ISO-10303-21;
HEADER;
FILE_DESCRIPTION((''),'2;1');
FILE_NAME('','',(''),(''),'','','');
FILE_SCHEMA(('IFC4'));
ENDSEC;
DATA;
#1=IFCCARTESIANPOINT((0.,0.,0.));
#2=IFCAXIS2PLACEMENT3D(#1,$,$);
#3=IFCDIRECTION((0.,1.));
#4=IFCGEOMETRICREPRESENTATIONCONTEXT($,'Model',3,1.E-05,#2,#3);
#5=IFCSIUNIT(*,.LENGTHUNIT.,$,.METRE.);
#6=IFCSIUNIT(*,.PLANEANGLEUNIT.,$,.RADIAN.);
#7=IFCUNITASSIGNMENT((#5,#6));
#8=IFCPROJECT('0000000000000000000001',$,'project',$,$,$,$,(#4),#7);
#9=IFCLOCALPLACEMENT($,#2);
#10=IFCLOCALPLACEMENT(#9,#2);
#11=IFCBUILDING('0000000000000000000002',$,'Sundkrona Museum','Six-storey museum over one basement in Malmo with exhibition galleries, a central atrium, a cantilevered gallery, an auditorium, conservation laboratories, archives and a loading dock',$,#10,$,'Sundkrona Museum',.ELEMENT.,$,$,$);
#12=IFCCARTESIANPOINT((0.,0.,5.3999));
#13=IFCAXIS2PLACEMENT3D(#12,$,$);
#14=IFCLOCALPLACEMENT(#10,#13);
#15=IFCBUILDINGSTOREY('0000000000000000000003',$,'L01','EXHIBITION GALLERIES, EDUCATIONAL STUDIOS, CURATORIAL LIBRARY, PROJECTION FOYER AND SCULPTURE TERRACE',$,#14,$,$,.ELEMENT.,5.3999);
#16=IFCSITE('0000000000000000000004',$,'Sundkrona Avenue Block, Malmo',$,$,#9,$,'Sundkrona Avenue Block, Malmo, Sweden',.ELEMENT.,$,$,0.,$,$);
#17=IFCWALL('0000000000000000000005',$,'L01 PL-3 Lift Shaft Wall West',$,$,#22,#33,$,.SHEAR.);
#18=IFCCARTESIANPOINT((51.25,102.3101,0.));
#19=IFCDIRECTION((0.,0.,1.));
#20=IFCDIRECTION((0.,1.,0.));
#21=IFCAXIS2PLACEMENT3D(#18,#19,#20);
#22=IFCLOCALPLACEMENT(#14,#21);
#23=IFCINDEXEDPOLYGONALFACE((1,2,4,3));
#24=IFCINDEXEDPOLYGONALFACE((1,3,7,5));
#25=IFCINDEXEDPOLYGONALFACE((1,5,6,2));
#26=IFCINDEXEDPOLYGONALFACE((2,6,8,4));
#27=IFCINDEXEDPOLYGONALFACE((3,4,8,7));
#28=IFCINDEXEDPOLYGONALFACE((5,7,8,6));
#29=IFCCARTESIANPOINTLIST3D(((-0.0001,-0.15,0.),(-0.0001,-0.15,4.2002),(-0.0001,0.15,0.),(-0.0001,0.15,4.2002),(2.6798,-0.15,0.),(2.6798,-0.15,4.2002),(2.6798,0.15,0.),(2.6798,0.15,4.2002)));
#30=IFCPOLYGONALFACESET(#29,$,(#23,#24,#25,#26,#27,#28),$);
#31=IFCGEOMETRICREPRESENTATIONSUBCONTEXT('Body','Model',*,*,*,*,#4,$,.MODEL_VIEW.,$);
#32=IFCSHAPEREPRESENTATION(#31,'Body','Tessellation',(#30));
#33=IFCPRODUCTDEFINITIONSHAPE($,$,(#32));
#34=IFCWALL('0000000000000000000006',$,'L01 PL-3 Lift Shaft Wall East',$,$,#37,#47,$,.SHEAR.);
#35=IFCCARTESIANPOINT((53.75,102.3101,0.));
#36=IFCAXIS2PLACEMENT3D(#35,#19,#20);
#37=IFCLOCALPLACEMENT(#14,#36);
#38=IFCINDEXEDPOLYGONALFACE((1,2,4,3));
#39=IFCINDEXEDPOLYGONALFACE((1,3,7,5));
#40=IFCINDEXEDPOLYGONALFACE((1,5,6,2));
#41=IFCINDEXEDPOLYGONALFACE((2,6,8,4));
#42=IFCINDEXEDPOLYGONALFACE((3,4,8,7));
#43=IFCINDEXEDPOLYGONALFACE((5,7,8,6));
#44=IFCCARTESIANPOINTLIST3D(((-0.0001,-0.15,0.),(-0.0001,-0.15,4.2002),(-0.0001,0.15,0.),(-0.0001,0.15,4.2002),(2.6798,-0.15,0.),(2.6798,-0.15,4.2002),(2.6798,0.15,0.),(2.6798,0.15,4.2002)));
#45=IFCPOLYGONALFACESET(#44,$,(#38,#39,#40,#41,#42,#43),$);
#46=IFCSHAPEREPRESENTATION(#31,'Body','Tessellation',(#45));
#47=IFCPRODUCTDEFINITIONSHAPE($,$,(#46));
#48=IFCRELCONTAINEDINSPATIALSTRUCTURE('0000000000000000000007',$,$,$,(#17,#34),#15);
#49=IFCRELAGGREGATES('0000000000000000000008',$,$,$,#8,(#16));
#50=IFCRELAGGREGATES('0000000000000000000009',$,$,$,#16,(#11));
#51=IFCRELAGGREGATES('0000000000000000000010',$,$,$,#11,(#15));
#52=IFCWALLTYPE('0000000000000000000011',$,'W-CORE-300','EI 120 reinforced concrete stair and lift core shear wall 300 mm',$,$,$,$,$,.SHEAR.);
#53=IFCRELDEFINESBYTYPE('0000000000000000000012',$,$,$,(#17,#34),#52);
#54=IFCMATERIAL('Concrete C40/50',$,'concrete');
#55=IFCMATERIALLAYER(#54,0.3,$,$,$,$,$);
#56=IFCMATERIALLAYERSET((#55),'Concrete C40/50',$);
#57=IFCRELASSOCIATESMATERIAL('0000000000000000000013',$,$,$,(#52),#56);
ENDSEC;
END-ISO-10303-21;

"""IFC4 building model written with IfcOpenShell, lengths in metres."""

from ifc_helpers import new_model, si_unit, direction, frame, frame_2d, origin, place, context, subcontext, project, spatial, rectangle, extrude, material, layer, layer_set, type_object, element, save


model = new_model("IFC4")

# Units and contexts
model_context = context("Model", 3, precision=1e-05, world=origin(), true_north=direction((0.0, 1.0)))
body_context = subcontext(model_context, "Body", "Model", "MODEL_VIEW")
ifc_project = project(units=[si_unit("LENGTHUNIT", "METRE"), si_unit("PLANEANGLEUNIT", "RADIAN")], contexts=[model_context])

# Site, building, storey
site_placement = place(None, origin())
site = spatial("IfcSite", under=ifc_project, at=site_placement, Name="Sundkrona Avenue Block, Malmo", LongName="Sundkrona Avenue Block, Malmo, Sweden", CompositionType="ELEMENT", RefElevation=0.0)
building_placement = place(site_placement, origin())
building = spatial("IfcBuilding", under=site, at=building_placement, Name="Sundkrona Museum", Description="Six-storey museum over one basement in Malmo with exhibition galleries, a central atrium, a cantilevered gallery, an auditorium, conservation laboratories, archives and a loading dock", LongName="Sundkrona Museum", CompositionType="ELEMENT")
storey_placement = place(building_placement, frame((0.0, 0.0, 5.3999)))
storey = spatial("IfcBuildingStorey", under=building, at=storey_placement, Name="L01", Description="EXHIBITION GALLERIES, EDUCATIONAL STUDIOS, CURATORIAL LIBRARY, PROJECTION FOYER AND SCULPTURE TERRACE", CompositionType="ELEMENT", Elevation=5.3999)

# Shared definitions
ifc_material_1 = material(Name="Concrete C40/50", Category="concrete")
ifc_layer_1 = layer(ifc_material_1, 0.3)
ifc_layer_set_1 = layer_set([ifc_layer_1], Name="Concrete C40/50")
wall_type_1 = type_object("IfcWallType", Name="W-CORE-300", Description="EI 120 reinforced concrete stair and lift core shear wall 300 mm", PredefinedType="SHEAR", material=ifc_layer_set_1)

# Walls
for number, where, z_axis, x_axis, name in (
    (1, (51.25, 102.3101, 0.0), (0.0, 0.0, 1.0), (0.0, 1.0, 0.0), "L01 PL-3 Lift Shaft Wall West"),
    (2, (53.75, 102.3101, 0.0), (0.0, 0.0, 1.0), (0.0, 1.0, 0.0), "L01 PL-3 Lift Shaft Wall East"),
):
    element("IfcWall", number, at=place(storey_placement, frame(where, z_axis=z_axis, x_axis=x_axis)), inside=storey, type_object=wall_type_1, Name=name, PredefinedType="SHEAR", context=body_context, shape_type="SweptSolid", body=[
        extrude(rectangle(XDim=2.6799, YDim=0.3, at=frame_2d((1.3398, 0.0))), origin(), (0.0, 0.0, 1.0), 4.2002),
    ])

save(model, "model.ifc")
